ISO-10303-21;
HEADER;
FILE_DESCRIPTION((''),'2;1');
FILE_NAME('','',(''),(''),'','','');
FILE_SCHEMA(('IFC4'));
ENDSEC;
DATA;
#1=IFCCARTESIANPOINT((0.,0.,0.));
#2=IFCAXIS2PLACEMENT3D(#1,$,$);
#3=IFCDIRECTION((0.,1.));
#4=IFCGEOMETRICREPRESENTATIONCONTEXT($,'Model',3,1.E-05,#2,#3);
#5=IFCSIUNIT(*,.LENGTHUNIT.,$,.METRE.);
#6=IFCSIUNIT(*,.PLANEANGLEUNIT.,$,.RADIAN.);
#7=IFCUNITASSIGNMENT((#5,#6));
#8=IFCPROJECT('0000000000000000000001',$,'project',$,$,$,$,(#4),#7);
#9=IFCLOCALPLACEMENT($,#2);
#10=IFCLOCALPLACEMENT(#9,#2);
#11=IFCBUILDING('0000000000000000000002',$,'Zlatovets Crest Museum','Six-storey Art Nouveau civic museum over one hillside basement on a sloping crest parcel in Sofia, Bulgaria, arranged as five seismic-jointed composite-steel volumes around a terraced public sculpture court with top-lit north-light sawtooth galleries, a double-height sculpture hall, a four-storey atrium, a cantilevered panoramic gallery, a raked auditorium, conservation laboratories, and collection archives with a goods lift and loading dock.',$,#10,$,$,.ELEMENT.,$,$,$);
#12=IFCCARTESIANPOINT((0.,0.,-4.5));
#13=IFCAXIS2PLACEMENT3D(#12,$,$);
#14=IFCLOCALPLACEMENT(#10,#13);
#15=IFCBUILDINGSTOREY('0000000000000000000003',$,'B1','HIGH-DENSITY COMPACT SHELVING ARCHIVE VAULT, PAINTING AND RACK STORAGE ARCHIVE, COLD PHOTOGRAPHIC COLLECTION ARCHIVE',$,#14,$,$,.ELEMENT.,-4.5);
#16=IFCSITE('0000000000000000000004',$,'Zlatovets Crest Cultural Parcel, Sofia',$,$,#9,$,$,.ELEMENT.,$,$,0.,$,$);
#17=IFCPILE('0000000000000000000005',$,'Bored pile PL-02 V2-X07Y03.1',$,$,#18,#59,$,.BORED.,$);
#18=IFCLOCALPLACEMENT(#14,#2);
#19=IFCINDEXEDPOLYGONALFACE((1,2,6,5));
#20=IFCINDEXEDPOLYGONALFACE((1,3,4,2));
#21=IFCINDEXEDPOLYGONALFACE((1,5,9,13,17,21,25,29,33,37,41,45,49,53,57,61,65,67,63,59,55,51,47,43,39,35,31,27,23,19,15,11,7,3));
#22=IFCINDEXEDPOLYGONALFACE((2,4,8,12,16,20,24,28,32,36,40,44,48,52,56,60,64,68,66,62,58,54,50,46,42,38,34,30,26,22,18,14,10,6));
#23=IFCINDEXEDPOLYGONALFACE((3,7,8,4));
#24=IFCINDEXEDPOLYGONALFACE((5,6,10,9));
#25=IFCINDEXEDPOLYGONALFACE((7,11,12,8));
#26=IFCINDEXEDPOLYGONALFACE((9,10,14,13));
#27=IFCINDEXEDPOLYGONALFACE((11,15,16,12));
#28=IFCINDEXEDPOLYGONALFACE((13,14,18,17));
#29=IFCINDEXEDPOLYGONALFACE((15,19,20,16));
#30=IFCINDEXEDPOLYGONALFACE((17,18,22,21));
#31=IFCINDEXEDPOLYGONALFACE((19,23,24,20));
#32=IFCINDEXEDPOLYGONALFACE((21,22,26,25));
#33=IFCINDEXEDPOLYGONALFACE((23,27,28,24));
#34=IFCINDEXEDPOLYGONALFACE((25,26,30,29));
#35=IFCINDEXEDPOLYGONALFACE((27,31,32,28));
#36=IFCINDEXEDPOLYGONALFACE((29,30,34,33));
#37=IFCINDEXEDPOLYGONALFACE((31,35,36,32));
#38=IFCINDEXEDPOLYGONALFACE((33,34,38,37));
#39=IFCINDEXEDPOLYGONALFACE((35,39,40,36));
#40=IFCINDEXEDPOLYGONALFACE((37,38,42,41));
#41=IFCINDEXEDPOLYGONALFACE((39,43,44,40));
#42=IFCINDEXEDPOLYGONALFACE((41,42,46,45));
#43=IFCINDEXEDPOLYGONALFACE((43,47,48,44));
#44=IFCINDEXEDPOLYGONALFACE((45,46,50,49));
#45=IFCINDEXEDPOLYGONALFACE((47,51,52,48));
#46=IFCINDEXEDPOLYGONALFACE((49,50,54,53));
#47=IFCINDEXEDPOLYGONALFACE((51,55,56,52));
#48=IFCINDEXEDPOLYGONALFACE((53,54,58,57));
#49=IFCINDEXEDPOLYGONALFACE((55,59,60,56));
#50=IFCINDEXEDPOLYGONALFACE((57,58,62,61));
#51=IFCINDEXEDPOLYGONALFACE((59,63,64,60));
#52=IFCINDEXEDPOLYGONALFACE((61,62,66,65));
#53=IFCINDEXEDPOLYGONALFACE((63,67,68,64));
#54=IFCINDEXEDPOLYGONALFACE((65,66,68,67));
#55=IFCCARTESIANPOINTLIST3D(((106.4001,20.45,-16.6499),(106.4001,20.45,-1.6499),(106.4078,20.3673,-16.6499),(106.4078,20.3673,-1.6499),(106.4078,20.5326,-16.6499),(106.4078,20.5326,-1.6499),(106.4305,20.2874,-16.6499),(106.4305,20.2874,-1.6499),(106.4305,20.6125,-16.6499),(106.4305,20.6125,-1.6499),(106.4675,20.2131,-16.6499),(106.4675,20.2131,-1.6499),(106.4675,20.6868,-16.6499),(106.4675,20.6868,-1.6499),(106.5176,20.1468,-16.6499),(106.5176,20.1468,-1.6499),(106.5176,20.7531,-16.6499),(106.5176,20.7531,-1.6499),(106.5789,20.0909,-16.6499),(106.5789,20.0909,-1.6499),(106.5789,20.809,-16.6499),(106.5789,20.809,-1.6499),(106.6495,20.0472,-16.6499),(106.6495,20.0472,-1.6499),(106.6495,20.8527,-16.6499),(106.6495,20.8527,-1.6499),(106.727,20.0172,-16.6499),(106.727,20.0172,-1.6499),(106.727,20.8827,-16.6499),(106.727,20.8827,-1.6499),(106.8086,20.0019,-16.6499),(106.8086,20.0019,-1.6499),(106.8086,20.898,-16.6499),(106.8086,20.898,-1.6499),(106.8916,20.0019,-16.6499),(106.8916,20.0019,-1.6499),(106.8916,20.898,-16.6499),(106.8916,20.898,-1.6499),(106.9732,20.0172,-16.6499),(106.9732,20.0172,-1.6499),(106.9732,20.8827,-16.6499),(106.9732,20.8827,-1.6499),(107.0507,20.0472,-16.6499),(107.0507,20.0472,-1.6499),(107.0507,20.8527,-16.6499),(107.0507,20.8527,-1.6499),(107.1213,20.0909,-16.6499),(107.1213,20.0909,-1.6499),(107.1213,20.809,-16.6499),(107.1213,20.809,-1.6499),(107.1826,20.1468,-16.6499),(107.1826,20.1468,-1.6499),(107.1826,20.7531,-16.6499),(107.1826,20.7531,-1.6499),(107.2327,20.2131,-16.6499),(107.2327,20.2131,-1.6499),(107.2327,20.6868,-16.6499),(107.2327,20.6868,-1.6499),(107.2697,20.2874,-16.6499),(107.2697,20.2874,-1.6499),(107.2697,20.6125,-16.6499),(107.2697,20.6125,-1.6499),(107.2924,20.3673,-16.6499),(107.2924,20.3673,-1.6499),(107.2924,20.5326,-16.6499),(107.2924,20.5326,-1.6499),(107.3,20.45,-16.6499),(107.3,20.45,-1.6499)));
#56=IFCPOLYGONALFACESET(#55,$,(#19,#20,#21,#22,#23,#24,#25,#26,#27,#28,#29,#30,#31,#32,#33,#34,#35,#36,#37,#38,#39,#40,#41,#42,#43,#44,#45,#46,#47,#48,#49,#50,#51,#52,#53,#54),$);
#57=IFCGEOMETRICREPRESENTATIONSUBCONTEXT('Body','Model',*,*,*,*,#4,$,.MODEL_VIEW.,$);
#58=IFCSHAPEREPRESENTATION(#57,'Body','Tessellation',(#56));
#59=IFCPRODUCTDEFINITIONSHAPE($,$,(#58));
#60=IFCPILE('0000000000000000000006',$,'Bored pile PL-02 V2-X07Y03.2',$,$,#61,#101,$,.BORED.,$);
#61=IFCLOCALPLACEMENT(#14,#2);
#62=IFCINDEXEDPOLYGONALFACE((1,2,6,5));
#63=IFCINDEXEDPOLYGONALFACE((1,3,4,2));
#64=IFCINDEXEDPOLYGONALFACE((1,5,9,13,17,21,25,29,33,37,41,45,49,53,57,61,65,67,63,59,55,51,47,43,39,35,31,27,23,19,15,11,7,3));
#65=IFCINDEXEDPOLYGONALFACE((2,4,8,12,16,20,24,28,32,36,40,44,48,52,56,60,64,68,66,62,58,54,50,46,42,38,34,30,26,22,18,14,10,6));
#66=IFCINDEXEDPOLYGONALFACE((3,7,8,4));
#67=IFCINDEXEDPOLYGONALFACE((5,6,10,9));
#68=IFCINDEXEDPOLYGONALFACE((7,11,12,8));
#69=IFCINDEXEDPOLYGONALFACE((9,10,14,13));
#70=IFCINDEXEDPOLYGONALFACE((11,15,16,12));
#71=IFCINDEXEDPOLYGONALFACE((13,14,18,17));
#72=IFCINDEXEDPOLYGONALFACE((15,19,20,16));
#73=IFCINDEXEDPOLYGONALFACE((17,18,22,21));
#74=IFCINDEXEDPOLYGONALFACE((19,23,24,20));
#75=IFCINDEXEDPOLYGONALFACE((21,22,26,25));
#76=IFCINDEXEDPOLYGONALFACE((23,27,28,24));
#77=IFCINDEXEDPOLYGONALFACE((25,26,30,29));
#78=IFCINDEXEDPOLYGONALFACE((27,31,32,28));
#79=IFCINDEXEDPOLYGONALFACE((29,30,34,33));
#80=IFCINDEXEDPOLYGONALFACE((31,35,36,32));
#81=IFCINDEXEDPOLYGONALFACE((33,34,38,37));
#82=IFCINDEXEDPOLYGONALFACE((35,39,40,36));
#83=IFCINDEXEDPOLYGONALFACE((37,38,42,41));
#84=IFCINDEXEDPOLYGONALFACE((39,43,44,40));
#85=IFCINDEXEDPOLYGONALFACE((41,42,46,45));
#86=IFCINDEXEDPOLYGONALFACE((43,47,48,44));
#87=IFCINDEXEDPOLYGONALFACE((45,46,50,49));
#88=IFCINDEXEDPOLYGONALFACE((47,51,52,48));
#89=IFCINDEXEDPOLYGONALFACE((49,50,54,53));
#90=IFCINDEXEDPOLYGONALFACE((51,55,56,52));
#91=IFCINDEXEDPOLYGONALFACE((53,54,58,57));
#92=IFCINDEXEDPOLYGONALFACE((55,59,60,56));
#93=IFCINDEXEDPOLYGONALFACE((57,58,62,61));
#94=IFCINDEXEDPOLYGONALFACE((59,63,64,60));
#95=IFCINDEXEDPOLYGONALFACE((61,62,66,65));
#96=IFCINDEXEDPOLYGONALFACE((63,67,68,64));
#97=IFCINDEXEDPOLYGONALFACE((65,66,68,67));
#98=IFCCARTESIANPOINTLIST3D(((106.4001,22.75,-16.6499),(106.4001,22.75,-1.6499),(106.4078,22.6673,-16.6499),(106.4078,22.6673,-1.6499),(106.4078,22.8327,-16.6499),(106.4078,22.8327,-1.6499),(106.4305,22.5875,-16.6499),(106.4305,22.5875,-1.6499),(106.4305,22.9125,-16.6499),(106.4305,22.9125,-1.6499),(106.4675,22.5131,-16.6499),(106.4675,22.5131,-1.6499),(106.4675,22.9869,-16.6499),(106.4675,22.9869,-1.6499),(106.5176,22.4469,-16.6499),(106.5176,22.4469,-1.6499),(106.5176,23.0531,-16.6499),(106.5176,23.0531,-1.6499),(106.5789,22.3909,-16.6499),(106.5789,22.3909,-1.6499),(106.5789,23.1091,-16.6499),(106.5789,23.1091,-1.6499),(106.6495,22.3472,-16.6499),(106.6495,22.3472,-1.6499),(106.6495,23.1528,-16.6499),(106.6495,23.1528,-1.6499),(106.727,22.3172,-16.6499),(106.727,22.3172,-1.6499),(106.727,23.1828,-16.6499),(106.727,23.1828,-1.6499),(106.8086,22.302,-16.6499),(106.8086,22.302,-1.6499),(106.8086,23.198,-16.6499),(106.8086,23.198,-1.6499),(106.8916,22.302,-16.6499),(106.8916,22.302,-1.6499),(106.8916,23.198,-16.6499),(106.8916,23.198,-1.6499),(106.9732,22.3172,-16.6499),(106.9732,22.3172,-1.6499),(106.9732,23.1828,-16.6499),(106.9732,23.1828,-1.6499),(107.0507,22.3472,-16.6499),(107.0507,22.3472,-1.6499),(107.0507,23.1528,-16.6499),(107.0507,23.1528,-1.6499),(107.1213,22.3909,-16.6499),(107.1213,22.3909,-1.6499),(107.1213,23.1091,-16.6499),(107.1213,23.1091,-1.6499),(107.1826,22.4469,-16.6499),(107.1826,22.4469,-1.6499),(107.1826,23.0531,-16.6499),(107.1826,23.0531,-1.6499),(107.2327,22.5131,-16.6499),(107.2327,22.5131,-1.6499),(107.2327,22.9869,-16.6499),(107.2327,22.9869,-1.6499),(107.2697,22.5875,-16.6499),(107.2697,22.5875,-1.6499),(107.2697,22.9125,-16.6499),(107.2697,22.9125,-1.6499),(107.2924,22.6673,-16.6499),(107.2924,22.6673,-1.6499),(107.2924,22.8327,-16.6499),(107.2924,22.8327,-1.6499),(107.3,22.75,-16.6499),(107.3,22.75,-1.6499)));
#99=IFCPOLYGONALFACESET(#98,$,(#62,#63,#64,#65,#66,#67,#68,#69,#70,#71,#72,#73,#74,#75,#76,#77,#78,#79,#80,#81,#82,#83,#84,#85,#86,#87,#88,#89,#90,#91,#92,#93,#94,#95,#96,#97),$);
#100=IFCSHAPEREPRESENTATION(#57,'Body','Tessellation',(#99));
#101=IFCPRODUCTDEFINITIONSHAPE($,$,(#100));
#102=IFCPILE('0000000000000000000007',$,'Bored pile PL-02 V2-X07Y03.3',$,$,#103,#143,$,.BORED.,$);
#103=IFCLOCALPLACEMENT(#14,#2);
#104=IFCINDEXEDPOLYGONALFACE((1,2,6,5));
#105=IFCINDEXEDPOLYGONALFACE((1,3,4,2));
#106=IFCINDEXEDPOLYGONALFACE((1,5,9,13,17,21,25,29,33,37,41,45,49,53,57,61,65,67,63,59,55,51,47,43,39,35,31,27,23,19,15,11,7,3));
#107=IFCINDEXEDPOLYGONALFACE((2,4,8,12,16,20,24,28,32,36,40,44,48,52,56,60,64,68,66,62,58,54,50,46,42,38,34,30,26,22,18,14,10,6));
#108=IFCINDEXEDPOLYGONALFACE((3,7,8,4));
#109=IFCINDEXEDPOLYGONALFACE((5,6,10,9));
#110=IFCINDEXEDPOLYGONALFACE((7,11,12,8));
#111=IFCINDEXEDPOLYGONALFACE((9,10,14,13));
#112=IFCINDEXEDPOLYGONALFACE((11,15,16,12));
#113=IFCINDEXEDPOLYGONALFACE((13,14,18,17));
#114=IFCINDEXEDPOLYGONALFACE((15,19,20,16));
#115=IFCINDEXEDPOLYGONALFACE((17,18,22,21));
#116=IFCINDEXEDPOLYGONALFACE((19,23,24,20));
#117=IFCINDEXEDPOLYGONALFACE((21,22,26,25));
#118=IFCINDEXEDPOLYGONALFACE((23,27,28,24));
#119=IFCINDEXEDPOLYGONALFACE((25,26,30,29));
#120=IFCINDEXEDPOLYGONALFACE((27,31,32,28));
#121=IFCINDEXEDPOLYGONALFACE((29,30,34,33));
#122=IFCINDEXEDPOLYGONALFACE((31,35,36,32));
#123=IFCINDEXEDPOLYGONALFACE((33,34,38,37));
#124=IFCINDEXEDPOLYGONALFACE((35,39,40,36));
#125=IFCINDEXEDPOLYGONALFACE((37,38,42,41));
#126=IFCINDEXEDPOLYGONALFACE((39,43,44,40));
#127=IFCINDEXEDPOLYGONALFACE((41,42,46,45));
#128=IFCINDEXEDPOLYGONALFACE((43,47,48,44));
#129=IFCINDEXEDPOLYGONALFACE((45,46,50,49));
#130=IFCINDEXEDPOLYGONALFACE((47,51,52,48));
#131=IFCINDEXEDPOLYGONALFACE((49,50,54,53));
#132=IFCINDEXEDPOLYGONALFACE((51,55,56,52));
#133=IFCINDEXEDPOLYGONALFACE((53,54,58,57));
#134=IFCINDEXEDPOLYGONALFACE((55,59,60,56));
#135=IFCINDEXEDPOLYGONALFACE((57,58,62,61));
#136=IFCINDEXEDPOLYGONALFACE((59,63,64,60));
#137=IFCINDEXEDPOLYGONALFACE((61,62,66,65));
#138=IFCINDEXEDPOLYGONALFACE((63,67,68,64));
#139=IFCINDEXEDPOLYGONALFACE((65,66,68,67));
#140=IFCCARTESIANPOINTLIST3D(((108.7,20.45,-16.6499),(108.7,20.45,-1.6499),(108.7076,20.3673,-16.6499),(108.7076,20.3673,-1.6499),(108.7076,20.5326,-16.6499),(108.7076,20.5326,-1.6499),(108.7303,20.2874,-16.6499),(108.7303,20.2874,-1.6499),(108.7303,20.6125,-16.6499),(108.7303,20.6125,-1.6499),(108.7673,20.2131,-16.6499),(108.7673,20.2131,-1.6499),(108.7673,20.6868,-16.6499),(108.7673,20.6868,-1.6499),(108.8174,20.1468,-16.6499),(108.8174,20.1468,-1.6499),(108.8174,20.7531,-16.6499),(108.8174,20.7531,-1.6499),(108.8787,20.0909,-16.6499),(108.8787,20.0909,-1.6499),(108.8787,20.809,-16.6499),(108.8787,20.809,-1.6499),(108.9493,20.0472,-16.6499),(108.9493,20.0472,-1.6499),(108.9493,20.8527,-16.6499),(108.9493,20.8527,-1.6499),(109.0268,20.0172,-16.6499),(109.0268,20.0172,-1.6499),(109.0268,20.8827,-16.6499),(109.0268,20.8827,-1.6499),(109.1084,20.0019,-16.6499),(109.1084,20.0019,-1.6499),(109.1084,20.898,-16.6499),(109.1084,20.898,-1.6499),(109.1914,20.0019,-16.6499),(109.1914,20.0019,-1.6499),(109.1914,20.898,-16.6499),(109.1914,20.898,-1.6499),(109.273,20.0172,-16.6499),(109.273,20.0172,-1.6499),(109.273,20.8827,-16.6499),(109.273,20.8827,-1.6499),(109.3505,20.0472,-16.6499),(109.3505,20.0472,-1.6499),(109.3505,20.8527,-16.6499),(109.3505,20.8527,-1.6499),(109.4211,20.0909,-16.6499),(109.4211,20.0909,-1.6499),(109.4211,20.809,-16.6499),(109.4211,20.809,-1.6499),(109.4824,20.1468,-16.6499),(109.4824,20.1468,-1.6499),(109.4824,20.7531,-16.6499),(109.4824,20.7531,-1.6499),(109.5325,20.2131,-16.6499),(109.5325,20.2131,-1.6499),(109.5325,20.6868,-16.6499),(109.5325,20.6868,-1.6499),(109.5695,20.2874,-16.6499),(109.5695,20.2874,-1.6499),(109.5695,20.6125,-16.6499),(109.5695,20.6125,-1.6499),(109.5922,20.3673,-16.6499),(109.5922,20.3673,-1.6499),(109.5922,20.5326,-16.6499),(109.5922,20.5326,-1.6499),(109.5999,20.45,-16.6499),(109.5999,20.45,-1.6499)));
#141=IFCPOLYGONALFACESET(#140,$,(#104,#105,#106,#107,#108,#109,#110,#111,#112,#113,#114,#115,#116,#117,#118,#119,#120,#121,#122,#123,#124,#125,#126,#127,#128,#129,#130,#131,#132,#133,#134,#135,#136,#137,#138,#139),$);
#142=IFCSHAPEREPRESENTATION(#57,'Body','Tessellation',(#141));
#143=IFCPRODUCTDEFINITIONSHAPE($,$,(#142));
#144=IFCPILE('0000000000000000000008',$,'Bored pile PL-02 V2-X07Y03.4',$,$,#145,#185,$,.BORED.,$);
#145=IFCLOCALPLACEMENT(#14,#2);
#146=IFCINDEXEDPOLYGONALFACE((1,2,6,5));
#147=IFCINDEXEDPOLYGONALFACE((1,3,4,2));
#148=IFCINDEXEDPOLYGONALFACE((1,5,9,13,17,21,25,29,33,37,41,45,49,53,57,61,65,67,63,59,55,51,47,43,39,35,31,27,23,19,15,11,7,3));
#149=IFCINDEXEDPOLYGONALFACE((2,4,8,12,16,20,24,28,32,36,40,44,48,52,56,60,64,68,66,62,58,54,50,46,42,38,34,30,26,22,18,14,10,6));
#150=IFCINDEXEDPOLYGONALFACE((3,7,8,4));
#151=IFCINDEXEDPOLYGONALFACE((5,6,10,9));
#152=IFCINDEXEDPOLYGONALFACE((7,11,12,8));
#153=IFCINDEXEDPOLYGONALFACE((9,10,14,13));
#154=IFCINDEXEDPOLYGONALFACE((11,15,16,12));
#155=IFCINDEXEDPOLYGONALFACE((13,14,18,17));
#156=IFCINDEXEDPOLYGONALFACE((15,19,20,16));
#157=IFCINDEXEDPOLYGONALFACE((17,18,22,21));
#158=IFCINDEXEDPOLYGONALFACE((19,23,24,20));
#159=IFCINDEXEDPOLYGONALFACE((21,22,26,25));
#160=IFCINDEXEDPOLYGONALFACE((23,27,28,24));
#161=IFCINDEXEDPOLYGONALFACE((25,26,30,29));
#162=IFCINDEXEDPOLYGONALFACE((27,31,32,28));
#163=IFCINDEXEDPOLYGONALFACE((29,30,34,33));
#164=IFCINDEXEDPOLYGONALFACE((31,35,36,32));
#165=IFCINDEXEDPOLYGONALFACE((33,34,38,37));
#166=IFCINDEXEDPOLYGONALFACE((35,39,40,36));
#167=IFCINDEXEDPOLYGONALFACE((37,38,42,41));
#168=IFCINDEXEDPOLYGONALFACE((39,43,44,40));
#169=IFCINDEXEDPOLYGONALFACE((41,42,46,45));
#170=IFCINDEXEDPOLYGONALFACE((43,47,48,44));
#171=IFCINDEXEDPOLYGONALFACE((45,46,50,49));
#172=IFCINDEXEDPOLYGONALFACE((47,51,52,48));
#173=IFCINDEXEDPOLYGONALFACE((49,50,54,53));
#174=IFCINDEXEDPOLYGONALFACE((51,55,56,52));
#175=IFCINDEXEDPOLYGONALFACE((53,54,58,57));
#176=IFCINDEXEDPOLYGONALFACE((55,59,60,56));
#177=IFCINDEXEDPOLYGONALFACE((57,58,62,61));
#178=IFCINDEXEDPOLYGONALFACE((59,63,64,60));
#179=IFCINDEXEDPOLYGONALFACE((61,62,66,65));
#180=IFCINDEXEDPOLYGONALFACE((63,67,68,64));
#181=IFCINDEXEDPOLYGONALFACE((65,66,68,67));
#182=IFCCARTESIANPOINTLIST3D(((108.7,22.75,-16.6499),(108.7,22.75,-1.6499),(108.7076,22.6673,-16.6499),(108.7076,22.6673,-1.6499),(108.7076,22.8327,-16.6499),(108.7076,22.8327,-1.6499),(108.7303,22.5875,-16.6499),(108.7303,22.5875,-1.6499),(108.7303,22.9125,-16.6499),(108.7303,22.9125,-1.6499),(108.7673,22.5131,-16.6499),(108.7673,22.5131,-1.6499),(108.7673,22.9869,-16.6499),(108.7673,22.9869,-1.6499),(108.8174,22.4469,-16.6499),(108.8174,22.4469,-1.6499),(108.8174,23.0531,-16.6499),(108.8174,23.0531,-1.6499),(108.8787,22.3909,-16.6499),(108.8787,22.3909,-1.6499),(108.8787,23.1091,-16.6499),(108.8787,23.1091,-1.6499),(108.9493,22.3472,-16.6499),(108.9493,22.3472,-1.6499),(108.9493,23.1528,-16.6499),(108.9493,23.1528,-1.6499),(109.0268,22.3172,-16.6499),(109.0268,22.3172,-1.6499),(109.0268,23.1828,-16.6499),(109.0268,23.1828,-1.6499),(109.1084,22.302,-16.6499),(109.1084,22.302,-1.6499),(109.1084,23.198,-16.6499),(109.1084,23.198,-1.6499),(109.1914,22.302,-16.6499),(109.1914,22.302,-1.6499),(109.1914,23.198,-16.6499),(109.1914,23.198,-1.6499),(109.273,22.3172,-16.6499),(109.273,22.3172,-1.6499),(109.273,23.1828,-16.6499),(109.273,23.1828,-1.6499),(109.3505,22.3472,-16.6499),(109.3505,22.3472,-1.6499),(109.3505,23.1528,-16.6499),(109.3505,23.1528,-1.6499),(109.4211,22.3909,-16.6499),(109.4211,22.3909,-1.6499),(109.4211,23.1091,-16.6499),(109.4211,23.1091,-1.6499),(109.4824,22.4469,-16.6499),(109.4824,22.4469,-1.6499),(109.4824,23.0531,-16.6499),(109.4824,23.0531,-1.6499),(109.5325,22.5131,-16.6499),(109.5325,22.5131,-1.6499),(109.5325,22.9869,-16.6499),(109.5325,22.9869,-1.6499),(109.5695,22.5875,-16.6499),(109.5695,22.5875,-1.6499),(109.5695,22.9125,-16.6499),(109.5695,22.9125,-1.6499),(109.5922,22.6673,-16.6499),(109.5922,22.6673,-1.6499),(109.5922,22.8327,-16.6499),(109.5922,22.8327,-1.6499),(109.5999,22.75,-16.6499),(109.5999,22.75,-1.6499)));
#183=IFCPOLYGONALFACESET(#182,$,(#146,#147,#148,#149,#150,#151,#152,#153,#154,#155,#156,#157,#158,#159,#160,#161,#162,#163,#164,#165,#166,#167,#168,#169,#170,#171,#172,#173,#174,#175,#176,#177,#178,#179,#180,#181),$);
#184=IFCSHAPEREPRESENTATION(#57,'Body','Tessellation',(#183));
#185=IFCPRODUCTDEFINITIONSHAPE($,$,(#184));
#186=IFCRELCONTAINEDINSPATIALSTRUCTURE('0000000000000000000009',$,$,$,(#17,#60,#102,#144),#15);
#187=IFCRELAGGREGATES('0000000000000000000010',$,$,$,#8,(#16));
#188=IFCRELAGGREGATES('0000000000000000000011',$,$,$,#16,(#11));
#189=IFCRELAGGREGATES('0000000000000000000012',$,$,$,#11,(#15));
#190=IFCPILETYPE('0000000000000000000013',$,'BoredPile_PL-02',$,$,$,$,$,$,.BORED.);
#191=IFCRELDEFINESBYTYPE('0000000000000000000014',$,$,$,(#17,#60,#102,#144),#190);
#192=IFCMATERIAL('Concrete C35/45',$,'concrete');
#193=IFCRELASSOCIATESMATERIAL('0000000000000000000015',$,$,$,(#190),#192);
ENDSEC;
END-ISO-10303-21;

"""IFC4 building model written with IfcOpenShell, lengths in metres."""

from ifc_helpers import new_model, si_unit, direction, frame, origin, origin_2d, place, context, subcontext, project, spatial, circle, extrude, material, material_profile, profile_set, type_object, element, save


model = new_model("IFC4")

# Units and contexts
model_context = context("Model", 3, precision=1e-05, world=origin(), true_north=direction((0.0, 1.0)))
body_context = subcontext(model_context, "Body", "Model", "MODEL_VIEW")
ifc_project = project(units=[si_unit("LENGTHUNIT", "METRE"), si_unit("PLANEANGLEUNIT", "RADIAN")], contexts=[model_context])

# Site, building, storey
site_placement = place(None, origin())
site = spatial("IfcSite", under=ifc_project, at=site_placement, Name="Zlatovets Crest Cultural Parcel, Sofia", CompositionType="ELEMENT", RefElevation=0.0)
building_placement = place(site_placement, origin())
building = spatial("IfcBuilding", under=site, at=building_placement, Name="Zlatovets Crest Museum", Description="Six-storey Art Nouveau civic museum over one hillside basement on a sloping crest parcel in Sofia, Bulgaria, arranged as five seismic-jointed composite-steel volumes around a terraced public sculpture court with top-lit north-light sawtooth galleries, a double-height sculpture hall, a four-storey atrium, a cantilevered panoramic gallery, a raked auditorium, conservation laboratories, and collection archives with a goods lift and loading dock.", CompositionType="ELEMENT")
storey_placement = place(building_placement, frame((0.0, 0.0, -4.5)))
storey = spatial("IfcBuildingStorey", under=building, at=storey_placement, Name="B1", Description="HIGH-DENSITY COMPACT SHELVING ARCHIVE VAULT, PAINTING AND RACK STORAGE ARCHIVE, COLD PHOTOGRAPHIC COLLECTION ARCHIVE", CompositionType="ELEMENT", Elevation=-4.5)

# Piles
ifc_material_1 = material(Name="Concrete C35/45", Category="concrete")
ifc_material_profile_1 = material_profile(ifc_material_1, circle(Radius=0.45, at=origin_2d()), Name="PILE D900")
ifc_profile_set_1 = profile_set([ifc_material_profile_1], Name="Concrete C35/45")
pile_type = type_object("IfcPileType", Name="BoredPile_PL-02", PredefinedType="BORED", material=ifc_profile_set_1)
for number, where, z_axis, x_axis, name in (
    (1, (106.8501, 20.45, -1.6499), (0.0, 0.0, -1.0), (1.0, 0.0, 0.0), "Bored pile PL-02 V2-X07Y03.1"),
    (2, (106.8501, 22.75, -1.6499), (0.0, 0.0, -1.0), (1.0, 0.0, 0.0), "Bored pile PL-02 V2-X07Y03.2"),
    (3, (109.1499, 20.45, -1.6499), (0.0, 0.0, -1.0), (1.0, 0.0, 0.0), "Bored pile PL-02 V2-X07Y03.3"),
    (4, (109.1499, 22.75, -1.6499), (0.0, 0.0, -1.0), (1.0, 0.0, 0.0), "Bored pile PL-02 V2-X07Y03.4"),
):
    element("IfcPile", number, at=place(storey_placement, frame(where, z_axis=z_axis, x_axis=x_axis)), inside=storey, type_object=pile_type, Name=name, PredefinedType="BORED", context=body_context, shape_type="SweptSolid", body=[
        extrude(circle(Radius=0.45, at=origin_2d()), origin(), (0.0, 0.0, 1.0), 15.0),
    ])

save(model, "model.ifc")
